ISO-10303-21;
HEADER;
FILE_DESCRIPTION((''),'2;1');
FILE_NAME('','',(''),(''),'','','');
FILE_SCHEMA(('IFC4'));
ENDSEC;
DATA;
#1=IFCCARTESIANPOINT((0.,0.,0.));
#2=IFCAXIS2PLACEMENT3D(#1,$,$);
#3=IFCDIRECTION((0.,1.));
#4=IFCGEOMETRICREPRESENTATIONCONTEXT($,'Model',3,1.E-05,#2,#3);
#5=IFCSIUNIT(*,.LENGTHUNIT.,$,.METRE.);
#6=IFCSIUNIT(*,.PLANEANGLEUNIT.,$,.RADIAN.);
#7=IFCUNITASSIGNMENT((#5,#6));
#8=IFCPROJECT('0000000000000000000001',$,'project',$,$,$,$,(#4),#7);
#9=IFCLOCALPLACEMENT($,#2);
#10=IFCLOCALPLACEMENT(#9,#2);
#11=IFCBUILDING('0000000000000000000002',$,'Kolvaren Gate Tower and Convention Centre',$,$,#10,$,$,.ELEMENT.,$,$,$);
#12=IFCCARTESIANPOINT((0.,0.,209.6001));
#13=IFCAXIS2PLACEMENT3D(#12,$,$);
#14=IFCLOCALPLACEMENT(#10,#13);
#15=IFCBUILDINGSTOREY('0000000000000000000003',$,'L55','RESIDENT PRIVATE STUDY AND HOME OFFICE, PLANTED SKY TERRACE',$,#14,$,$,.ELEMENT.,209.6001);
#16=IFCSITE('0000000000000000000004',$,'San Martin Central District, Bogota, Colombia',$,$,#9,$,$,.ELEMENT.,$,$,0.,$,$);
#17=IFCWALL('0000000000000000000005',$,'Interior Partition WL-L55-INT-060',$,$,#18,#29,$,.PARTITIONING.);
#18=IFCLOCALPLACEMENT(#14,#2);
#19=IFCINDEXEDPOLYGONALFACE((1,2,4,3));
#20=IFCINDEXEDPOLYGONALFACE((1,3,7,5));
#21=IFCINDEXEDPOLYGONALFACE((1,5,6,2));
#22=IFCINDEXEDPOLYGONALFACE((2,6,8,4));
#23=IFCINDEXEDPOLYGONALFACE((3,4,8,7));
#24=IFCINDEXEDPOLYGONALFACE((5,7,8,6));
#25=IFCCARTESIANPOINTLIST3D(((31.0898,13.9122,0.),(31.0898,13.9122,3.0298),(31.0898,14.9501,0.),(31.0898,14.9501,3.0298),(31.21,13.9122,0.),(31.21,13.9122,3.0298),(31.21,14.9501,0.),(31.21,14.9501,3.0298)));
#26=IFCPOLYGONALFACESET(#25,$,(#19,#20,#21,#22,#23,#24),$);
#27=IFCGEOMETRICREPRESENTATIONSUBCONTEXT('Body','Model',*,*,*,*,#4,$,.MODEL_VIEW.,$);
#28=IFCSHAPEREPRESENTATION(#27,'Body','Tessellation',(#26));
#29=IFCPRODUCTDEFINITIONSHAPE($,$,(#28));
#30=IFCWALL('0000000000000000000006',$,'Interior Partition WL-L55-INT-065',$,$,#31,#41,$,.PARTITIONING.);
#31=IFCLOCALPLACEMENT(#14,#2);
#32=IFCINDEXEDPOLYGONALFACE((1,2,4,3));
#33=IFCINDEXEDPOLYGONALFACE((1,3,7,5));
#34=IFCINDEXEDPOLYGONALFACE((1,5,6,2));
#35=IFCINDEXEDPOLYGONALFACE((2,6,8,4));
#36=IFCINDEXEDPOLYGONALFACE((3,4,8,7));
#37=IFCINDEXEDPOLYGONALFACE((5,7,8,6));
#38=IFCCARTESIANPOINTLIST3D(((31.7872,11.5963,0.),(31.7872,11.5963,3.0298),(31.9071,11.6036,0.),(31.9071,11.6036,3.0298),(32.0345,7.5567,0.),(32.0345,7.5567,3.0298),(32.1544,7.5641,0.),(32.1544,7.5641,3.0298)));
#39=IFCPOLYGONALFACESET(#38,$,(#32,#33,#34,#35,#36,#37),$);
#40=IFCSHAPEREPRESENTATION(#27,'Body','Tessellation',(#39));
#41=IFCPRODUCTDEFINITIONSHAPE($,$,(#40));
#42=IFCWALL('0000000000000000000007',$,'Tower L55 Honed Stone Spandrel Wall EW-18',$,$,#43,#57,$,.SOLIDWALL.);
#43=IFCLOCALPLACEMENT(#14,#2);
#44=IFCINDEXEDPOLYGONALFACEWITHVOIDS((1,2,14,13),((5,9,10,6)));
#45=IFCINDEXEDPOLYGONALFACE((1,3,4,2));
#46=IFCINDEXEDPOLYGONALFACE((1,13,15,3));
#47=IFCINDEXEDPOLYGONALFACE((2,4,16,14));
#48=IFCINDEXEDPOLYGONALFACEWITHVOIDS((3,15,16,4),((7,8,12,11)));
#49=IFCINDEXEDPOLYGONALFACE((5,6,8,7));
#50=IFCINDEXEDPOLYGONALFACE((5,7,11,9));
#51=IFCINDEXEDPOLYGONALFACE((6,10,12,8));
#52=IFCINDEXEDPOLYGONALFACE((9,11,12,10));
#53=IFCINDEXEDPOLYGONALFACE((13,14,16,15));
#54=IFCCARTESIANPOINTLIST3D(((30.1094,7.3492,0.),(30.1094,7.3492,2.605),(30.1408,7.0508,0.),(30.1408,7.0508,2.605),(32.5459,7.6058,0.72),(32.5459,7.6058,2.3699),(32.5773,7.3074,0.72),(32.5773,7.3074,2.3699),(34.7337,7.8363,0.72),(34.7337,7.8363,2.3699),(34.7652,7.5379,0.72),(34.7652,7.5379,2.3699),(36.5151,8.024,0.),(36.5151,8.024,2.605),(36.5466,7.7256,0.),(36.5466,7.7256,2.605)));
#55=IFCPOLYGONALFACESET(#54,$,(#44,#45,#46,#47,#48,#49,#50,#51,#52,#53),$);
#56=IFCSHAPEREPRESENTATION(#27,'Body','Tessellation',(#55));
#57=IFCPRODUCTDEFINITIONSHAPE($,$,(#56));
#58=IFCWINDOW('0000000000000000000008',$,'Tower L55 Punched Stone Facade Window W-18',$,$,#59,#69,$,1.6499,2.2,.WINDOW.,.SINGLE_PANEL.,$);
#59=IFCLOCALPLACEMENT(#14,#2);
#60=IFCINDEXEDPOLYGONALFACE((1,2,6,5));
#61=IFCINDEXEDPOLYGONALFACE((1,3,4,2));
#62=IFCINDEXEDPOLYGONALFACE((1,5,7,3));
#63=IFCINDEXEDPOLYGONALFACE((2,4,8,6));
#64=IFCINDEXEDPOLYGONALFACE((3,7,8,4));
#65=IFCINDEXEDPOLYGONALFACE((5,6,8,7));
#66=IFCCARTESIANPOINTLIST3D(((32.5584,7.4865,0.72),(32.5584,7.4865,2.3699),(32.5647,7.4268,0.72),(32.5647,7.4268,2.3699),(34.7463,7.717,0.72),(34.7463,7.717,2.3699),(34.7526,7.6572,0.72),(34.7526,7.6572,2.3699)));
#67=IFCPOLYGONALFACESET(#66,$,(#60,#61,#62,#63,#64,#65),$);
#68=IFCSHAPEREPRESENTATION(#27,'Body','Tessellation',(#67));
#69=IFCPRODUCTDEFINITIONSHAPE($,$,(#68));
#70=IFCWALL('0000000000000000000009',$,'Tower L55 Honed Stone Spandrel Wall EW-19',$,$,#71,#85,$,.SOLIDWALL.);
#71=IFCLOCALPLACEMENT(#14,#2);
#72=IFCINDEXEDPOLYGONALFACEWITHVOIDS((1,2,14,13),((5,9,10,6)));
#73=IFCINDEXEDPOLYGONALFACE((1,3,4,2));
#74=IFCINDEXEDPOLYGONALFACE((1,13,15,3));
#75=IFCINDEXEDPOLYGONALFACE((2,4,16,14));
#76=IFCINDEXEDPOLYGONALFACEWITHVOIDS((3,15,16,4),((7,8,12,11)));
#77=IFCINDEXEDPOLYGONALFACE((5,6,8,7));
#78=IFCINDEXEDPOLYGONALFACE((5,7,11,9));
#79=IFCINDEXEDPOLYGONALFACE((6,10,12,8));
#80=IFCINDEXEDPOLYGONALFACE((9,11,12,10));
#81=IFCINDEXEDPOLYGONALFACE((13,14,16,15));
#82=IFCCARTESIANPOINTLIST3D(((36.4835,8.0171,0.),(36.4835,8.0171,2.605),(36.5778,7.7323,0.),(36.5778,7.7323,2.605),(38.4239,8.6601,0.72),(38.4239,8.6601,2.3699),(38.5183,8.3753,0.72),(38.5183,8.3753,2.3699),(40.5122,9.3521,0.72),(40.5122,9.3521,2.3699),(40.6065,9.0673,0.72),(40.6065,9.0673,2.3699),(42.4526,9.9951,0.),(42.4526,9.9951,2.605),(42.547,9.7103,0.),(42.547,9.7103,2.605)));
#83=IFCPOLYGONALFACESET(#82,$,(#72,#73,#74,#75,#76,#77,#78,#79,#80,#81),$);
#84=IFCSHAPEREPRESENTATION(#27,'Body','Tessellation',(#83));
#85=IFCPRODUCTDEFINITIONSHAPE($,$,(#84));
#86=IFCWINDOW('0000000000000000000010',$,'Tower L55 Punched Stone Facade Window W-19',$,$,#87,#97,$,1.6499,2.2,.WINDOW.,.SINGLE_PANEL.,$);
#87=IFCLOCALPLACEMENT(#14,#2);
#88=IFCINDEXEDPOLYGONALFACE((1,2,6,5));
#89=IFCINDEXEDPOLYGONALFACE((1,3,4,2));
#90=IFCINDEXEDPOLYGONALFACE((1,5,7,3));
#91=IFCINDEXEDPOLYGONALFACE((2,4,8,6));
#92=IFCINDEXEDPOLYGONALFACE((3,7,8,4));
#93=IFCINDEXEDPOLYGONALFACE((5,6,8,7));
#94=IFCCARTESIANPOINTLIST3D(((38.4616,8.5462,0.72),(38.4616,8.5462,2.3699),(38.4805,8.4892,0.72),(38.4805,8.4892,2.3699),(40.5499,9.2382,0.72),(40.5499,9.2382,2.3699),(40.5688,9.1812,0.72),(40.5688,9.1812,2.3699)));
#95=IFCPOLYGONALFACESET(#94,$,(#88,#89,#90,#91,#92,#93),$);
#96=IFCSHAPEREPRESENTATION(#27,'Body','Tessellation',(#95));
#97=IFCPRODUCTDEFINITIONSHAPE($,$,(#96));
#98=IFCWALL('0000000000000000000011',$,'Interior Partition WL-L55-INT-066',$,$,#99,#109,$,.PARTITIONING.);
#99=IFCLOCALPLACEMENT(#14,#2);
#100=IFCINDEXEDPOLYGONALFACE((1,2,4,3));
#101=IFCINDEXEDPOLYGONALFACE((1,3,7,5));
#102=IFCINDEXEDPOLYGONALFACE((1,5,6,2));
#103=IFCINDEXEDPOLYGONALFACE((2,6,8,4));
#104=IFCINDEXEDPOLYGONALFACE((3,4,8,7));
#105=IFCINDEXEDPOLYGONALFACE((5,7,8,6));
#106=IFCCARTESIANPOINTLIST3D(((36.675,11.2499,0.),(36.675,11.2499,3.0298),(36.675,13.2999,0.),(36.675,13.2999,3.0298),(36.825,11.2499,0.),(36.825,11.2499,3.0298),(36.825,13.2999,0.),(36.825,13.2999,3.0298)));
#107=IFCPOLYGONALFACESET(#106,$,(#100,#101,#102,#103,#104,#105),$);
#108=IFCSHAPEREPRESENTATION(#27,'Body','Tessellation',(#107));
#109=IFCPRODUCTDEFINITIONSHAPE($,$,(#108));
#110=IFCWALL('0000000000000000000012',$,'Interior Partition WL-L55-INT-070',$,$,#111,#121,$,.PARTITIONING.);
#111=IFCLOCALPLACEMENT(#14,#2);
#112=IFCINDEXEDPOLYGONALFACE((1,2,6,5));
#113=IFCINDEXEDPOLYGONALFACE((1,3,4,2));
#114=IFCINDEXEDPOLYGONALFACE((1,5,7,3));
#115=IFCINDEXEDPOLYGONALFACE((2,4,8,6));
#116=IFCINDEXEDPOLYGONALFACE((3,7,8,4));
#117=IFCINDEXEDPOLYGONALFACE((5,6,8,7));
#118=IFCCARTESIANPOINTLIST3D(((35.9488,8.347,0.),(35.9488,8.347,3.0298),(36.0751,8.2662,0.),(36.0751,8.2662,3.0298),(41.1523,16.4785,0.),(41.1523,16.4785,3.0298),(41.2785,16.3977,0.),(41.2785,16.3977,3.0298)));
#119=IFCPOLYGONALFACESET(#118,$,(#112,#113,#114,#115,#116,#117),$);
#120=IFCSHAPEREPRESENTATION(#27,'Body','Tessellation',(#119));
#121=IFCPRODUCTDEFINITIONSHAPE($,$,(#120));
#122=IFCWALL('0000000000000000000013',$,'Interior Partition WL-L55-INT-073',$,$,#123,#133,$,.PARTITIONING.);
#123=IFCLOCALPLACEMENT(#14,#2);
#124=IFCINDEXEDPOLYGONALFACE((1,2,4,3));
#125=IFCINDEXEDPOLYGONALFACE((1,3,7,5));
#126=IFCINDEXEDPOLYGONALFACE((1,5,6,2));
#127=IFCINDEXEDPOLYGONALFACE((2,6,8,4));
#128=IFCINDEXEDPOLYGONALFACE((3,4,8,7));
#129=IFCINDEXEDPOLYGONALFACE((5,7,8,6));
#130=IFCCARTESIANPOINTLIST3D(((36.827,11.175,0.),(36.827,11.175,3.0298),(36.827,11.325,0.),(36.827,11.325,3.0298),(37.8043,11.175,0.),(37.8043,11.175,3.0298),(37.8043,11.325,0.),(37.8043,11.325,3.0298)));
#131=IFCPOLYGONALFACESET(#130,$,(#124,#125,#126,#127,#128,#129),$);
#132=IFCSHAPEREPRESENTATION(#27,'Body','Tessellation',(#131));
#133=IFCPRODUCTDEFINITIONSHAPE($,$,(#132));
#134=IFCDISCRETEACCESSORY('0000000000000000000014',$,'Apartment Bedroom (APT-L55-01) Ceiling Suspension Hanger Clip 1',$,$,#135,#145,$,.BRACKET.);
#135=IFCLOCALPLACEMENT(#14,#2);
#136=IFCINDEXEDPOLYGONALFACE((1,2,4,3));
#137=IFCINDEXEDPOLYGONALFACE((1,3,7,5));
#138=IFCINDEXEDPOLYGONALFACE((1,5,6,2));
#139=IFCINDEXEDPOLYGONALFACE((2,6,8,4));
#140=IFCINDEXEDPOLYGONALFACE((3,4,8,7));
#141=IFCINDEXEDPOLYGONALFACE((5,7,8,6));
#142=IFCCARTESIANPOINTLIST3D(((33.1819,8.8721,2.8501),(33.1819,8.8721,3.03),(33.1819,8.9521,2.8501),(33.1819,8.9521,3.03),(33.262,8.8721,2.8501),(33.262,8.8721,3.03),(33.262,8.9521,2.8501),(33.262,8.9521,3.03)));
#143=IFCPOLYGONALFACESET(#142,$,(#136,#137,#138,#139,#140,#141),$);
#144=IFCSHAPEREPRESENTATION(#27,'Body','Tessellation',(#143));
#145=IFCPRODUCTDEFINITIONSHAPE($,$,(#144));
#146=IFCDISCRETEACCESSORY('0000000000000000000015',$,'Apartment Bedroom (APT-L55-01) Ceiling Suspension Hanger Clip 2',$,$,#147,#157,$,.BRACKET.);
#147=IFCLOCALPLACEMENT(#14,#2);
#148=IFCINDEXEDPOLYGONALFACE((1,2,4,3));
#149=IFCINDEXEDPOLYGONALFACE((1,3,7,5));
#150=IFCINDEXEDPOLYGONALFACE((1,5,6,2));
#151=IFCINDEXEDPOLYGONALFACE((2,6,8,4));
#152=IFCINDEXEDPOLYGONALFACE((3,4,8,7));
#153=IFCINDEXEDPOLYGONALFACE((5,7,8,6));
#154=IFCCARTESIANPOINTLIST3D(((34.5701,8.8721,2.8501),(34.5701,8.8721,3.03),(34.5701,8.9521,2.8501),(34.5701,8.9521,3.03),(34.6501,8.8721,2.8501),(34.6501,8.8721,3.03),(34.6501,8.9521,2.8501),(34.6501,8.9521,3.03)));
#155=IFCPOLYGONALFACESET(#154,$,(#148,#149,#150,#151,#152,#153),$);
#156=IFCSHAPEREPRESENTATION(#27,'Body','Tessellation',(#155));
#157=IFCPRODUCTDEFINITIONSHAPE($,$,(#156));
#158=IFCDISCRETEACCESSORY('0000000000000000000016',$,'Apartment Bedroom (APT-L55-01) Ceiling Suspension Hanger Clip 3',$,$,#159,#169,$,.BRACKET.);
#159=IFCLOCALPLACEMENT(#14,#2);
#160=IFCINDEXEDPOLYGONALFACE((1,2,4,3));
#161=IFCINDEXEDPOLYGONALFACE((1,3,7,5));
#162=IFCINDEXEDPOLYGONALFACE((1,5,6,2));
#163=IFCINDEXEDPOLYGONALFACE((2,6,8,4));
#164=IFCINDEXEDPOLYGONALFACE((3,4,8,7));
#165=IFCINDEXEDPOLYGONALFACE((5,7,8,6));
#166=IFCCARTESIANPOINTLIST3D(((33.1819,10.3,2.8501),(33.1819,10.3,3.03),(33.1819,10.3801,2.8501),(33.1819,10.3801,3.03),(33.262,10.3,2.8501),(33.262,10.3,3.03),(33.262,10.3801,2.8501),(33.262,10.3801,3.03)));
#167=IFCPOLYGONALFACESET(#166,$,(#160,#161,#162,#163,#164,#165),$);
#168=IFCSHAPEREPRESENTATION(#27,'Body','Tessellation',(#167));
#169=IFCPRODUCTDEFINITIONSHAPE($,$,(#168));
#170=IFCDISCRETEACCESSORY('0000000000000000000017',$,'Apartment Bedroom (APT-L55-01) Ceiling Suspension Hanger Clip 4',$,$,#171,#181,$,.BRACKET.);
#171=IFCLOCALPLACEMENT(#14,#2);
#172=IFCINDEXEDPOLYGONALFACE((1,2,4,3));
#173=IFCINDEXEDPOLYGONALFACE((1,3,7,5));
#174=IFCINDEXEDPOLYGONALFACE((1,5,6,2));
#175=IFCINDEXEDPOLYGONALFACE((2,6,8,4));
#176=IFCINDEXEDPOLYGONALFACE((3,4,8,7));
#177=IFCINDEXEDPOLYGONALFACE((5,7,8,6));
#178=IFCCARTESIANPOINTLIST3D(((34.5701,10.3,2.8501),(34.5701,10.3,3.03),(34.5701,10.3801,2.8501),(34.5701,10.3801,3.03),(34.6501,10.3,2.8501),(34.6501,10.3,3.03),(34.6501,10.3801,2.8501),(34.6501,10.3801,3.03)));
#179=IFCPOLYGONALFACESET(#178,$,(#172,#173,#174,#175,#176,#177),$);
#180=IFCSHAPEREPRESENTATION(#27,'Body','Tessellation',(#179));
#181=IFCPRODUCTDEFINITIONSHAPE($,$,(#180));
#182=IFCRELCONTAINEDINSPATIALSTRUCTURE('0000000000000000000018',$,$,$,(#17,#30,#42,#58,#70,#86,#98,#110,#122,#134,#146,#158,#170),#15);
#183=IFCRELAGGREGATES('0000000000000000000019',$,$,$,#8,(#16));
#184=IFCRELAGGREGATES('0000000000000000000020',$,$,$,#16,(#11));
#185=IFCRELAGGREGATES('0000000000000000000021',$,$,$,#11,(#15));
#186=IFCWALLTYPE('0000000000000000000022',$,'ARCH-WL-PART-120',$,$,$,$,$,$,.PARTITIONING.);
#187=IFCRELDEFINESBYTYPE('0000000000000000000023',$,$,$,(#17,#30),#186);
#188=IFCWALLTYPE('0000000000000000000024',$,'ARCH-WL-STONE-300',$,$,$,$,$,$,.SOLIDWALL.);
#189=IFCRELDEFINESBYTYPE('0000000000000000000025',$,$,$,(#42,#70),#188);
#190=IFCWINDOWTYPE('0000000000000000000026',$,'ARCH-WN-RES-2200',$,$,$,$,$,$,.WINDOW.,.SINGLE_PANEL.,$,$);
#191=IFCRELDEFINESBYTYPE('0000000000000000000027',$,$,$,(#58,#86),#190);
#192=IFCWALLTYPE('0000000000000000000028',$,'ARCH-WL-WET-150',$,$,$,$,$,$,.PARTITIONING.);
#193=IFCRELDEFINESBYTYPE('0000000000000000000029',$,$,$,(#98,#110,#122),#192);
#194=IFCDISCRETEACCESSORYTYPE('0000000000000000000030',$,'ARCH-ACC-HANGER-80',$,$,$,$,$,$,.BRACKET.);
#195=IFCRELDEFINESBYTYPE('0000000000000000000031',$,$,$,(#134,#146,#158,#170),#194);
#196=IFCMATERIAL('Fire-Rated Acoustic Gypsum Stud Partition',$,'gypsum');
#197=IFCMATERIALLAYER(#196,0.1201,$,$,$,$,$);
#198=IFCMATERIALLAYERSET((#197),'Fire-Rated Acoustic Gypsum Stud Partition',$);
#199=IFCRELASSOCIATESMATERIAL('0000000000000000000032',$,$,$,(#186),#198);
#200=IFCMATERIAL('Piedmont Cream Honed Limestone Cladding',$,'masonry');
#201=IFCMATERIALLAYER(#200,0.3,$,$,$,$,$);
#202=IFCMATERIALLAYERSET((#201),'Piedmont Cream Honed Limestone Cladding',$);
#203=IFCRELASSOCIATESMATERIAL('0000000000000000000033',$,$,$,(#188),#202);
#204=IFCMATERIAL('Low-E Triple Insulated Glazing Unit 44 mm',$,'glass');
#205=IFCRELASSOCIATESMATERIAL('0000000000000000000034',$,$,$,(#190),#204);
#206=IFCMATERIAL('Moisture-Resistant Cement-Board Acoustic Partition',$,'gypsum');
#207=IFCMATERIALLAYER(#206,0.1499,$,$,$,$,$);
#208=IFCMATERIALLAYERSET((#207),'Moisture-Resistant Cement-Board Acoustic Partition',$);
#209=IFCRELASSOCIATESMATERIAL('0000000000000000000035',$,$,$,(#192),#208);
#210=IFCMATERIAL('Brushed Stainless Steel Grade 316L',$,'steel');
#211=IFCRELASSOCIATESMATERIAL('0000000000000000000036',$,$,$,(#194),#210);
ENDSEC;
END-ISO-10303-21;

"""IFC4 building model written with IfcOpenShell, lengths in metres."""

from ifc_helpers import new_model, si_unit, direction, frame, frame_2d, origin, origin_2d, place, context, subcontext, project, spatial, rectangle, extrude, material, layer, layer_set, type_object, element, fill, save


model = new_model("IFC4")

# Units and contexts
model_context = context("Model", 3, precision=1e-05, world=origin(), true_north=direction((0.0, 1.0)))
body_context = subcontext(model_context, "Body", "Model", "MODEL_VIEW")
ifc_project = project(units=[si_unit("LENGTHUNIT", "METRE"), si_unit("PLANEANGLEUNIT", "RADIAN")], contexts=[model_context])

# Site, building, storey
site_placement = place(None, origin())
site = spatial("IfcSite", under=ifc_project, at=site_placement, Name="San Martin Central District, Bogota, Colombia", CompositionType="ELEMENT", RefElevation=0.0)
building_placement = place(site_placement, origin())
building = spatial("IfcBuilding", under=site, at=building_placement, Name="Kolvaren Gate Tower and Convention Centre", CompositionType="ELEMENT")
storey_placement = place(building_placement, frame((0.0, 0.0, 209.6001)))
storey = spatial("IfcBuildingStorey", under=building, at=storey_placement, Name="L55", Description="RESIDENT PRIVATE STUDY AND HOME OFFICE, PLANTED SKY TERRACE", CompositionType="ELEMENT", Elevation=209.6001)

# Shared definitions
ifc_material_1 = material(Name="Fire-Rated Acoustic Gypsum Stud Partition", Category="gypsum")
ifc_layer_1 = layer(ifc_material_1, 0.1201)
ifc_layer_set_1 = layer_set([ifc_layer_1], Name="Fire-Rated Acoustic Gypsum Stud Partition")
wall_type_1 = type_object("IfcWallType", Name="ARCH-WL-PART-120", PredefinedType="PARTITIONING", material=ifc_layer_set_1)

# Walls
wall_1_placement = place(storey_placement, frame((31.1499, 13.9121, 0.0), z_axis=(0.0, 0.0, 1.0), x_axis=(0.0, 1.0, 0.0)))
element("IfcWall", 1, at=wall_1_placement, inside=storey, type_object=wall_type_1, Name="Interior Partition WL-L55-INT-060", PredefinedType="PARTITIONING", context=body_context, shape_type="SweptSolid", body=[
    extrude(rectangle(XDim=1.0378, YDim=0.1201, at=frame_2d((0.519, 0.0))), origin(), (0.0, 0.0, 1.0), 3.0298),
])
wall_2_placement = place(storey_placement, frame((31.8472, 11.5999, 0.0), z_axis=(0.0, 0.0, 1.0), x_axis=(0.061109, -0.998131, 0.0)))
element("IfcWall", 2, at=wall_2_placement, inside=storey, type_object=wall_type_1, Name="Interior Partition WL-L55-INT-065", PredefinedType="PARTITIONING", context=body_context, shape_type="SweptSolid", body=[
    extrude(rectangle(XDim=4.0471, YDim=0.1201, at=frame_2d((2.0234, 0.0))), origin(), (0.0, 0.0, 1.0), 3.0298),
])

# Walls, openings, windows
ifc_material_2 = material(Name="Piedmont Cream Honed Limestone Cladding", Category="masonry")
ifc_layer_2 = layer(ifc_material_2, 0.3)
ifc_layer_set_2 = layer_set([ifc_layer_2], Name="Piedmont Cream Honed Limestone Cladding")
wall_type_2 = type_object("IfcWallType", Name="ARCH-WL-STONE-300", PredefinedType="SOLIDWALL", material=ifc_layer_set_2)
wall_3_placement = place(storey_placement, frame((30.125, 7.2, 0.0), z_axis=(0.0, 0.0, 1.0), x_axis=(0.994497, 0.104764, 0.0)))
wall_3 = element("IfcWall", 3, at=wall_3_placement, inside=storey, type_object=wall_type_2, Name="Tower L55 Honed Stone Spandrel Wall EW-18", PredefinedType="SOLIDWALL", context=body_context, shape_type="SweptSolid", body=[
    extrude(rectangle(XDim=6.4412, YDim=0.3, at=frame_2d((3.2207, 0.0))), origin(), (0.0, 0.0, 1.0), 2.605),
])
opening_1_placement = place(wall_3_placement, frame((2.45, 0.0, 0.72)))
opening_1 = element("IfcOpeningElement", 4, at=opening_1_placement, cuts=wall_3, PredefinedType="OPENING", context=body_context, shape_type="SweptSolid", body=[
    extrude(rectangle(XDim=2.2, YDim=1.6499, at=frame_2d((1.1001, 0.825))), frame((0.0, 0.1599, 0.0), z_axis=(0.0, -1.0, 0.0), x_axis=(1.0, 0.0, 0.0)), (0.0, 0.0, 1.0), 0.3201),
])
ifc_material_3 = material(Name="Low-E Triple Insulated Glazing Unit 44 mm", Category="glass")
window_type = type_object("IfcWindowType", Name="ARCH-WN-RES-2200", PartitioningType="SINGLE_PANEL", PredefinedType="WINDOW", material=ifc_material_3)
window_1_placement = place(opening_1_placement, origin())
window_1 = element("IfcWindow", 5, at=window_1_placement, inside=storey, type_object=window_type, Name="Tower L55 Punched Stone Facade Window W-18", OverallHeight=1.6499, OverallWidth=2.2, PartitioningType="SINGLE_PANEL", PredefinedType="WINDOW", context=body_context, shape_type="SweptSolid", body=[
    extrude(rectangle(XDim=2.2, YDim=1.6499, at=frame_2d((1.1001, 0.825))), frame((0.0, 0.03, 0.0), z_axis=(0.0, -1.0, 0.0), x_axis=(1.0, 0.0, 0.0)), (0.0, 0.0, 1.0), 0.0601),
])
fill(opening_1, window_1)
wall_4_placement = place(storey_placement, frame((36.5308, 7.8748, 0.0), z_axis=(0.0, 0.0, 1.0), x_axis=(0.949241, 0.31455, 0.0)))
wall_4 = element("IfcWall", 6, at=wall_4_placement, inside=storey, type_object=wall_type_2, Name="Tower L55 Honed Stone Spandrel Wall EW-19", PredefinedType="SOLIDWALL", context=body_context, shape_type="SweptSolid", body=[
    extrude(rectangle(XDim=6.2883, YDim=0.3, at=frame_2d((3.144, 0.0))), origin(), (0.0, 0.0, 1.0), 2.605),
])
opening_2_placement = place(wall_4_placement, frame((2.0439, 0.0, 0.72)))
opening_2 = element("IfcOpeningElement", 7, at=opening_2_placement, cuts=wall_4, PredefinedType="OPENING", context=body_context, shape_type="SweptSolid", body=[
    extrude(rectangle(XDim=2.2, YDim=1.6499, at=frame_2d((1.1001, 0.825))), frame((0.0, 0.1599, 0.0), z_axis=(0.0, -1.0, 0.0), x_axis=(1.0, 0.0, 0.0)), (0.0, 0.0, 1.0), 0.3201),
])
window_2_placement = place(opening_2_placement, origin())
window_2 = element("IfcWindow", 8, at=window_2_placement, inside=storey, type_object=window_type, Name="Tower L55 Punched Stone Facade Window W-19", OverallHeight=1.6499, OverallWidth=2.2, PartitioningType="SINGLE_PANEL", PredefinedType="WINDOW", context=body_context, shape_type="SweptSolid", body=[
    extrude(rectangle(XDim=2.2, YDim=1.6499, at=frame_2d((1.1001, 0.825))), frame((0.0, 0.03, 0.0), z_axis=(0.0, -1.0, 0.0), x_axis=(1.0, 0.0, 0.0)), (0.0, 0.0, 1.0), 0.0601),
])
fill(opening_2, window_2)

# Walls
ifc_material_4 = material(Name="Moisture-Resistant Cement-Board Acoustic Partition", Category="gypsum")
ifc_layer_3 = layer(ifc_material_4, 0.1499)
ifc_layer_set_3 = layer_set([ifc_layer_3], Name="Moisture-Resistant Cement-Board Acoustic Partition")
wall_type_3 = type_object("IfcWallType", Name="ARCH-WL-WET-150", PredefinedType="PARTITIONING", material=ifc_layer_set_3)
wall_5_placement = place(storey_placement, frame((36.75, 11.25, 0.0), z_axis=(0.0, 0.0, 1.0), x_axis=(0.0, 1.0, 0.0)))
element("IfcWall", 9, at=wall_5_placement, inside=storey, type_object=wall_type_3, Name="Interior Partition WL-L55-INT-066", PredefinedType="PARTITIONING", context=body_context, shape_type="SweptSolid", body=[
    extrude(rectangle(XDim=2.05, YDim=0.1499, at=frame_2d((1.0249, 0.0))), origin(), (0.0, 0.0, 1.0), 3.0298),
])
wall_6_placement = place(storey_placement, frame((36.012, 8.3066, 0.0), z_axis=(0.0, 0.0, 1.0), x_axis=(0.539003, 0.842304, 0.0)))
element("IfcWall", 10, at=wall_6_placement, inside=storey, type_object=wall_type_3, Name="Interior Partition WL-L55-INT-070", PredefinedType="PARTITIONING", context=body_context, shape_type="SweptSolid", body=[
    extrude(rectangle(XDim=9.6538, YDim=0.1499, at=frame_2d((4.8269, 0.0))), origin(), (0.0, 0.0, 1.0), 3.0298),
])
wall_7_placement = place(storey_placement, frame((36.8269, 11.25, 0.0), z_axis=(0.0, 0.0, 1.0), x_axis=(1.0, 0.0, 0.0)))
element("IfcWall", 11, at=wall_7_placement, inside=storey, type_object=wall_type_3, Name="Interior Partition WL-L55-INT-073", PredefinedType="PARTITIONING", context=body_context, shape_type="SweptSolid", body=[
    extrude(rectangle(XDim=0.9773, YDim=0.1499, at=frame_2d((0.4888, 0.0))), origin(), (0.0, 0.0, 1.0), 3.0298),
])

# Discrete accessories
ifc_material_5 = material(Name="Brushed Stainless Steel Grade 316L", Category="steel")
discrete_accessory_type = type_object("IfcDiscreteAccessoryType", Name="ARCH-ACC-HANGER-80", PredefinedType="BRACKET", material=ifc_material_5)
for number, where, z_axis, x_axis, name in (
    (12, (33.2219, 8.9121, 2.8501), (0.0, 0.0, 1.0), (1.0, 0.0, 0.0), "Apartment Bedroom (APT-L55-01) Ceiling Suspension Hanger Clip 1"),
    (13, (34.6101, 8.9121, 2.8501), (0.0, 0.0, 1.0), (1.0, 0.0, 0.0), "Apartment Bedroom (APT-L55-01) Ceiling Suspension Hanger Clip 2"),
    (14, (33.2219, 10.3401, 2.8501), (0.0, 0.0, 1.0), (1.0, 0.0, 0.0), "Apartment Bedroom (APT-L55-01) Ceiling Suspension Hanger Clip 3"),
    (15, (34.6101, 10.3401, 2.8501), (0.0, 0.0, 1.0), (1.0, 0.0, 0.0), "Apartment Bedroom (APT-L55-01) Ceiling Suspension Hanger Clip 4"),
):
    element("IfcDiscreteAccessory", number, at=place(storey_placement, frame(where, z_axis=z_axis, x_axis=x_axis)), inside=storey, type_object=discrete_accessory_type, Name=name, PredefinedType="BRACKET", context=body_context, shape_type="SweptSolid", body=[
        extrude(rectangle(XDim=0.0801, YDim=0.0801, at=origin_2d()), origin(), (0.0, 0.0, 1.0), 0.1799),
    ])

save(model, "model.ifc")
